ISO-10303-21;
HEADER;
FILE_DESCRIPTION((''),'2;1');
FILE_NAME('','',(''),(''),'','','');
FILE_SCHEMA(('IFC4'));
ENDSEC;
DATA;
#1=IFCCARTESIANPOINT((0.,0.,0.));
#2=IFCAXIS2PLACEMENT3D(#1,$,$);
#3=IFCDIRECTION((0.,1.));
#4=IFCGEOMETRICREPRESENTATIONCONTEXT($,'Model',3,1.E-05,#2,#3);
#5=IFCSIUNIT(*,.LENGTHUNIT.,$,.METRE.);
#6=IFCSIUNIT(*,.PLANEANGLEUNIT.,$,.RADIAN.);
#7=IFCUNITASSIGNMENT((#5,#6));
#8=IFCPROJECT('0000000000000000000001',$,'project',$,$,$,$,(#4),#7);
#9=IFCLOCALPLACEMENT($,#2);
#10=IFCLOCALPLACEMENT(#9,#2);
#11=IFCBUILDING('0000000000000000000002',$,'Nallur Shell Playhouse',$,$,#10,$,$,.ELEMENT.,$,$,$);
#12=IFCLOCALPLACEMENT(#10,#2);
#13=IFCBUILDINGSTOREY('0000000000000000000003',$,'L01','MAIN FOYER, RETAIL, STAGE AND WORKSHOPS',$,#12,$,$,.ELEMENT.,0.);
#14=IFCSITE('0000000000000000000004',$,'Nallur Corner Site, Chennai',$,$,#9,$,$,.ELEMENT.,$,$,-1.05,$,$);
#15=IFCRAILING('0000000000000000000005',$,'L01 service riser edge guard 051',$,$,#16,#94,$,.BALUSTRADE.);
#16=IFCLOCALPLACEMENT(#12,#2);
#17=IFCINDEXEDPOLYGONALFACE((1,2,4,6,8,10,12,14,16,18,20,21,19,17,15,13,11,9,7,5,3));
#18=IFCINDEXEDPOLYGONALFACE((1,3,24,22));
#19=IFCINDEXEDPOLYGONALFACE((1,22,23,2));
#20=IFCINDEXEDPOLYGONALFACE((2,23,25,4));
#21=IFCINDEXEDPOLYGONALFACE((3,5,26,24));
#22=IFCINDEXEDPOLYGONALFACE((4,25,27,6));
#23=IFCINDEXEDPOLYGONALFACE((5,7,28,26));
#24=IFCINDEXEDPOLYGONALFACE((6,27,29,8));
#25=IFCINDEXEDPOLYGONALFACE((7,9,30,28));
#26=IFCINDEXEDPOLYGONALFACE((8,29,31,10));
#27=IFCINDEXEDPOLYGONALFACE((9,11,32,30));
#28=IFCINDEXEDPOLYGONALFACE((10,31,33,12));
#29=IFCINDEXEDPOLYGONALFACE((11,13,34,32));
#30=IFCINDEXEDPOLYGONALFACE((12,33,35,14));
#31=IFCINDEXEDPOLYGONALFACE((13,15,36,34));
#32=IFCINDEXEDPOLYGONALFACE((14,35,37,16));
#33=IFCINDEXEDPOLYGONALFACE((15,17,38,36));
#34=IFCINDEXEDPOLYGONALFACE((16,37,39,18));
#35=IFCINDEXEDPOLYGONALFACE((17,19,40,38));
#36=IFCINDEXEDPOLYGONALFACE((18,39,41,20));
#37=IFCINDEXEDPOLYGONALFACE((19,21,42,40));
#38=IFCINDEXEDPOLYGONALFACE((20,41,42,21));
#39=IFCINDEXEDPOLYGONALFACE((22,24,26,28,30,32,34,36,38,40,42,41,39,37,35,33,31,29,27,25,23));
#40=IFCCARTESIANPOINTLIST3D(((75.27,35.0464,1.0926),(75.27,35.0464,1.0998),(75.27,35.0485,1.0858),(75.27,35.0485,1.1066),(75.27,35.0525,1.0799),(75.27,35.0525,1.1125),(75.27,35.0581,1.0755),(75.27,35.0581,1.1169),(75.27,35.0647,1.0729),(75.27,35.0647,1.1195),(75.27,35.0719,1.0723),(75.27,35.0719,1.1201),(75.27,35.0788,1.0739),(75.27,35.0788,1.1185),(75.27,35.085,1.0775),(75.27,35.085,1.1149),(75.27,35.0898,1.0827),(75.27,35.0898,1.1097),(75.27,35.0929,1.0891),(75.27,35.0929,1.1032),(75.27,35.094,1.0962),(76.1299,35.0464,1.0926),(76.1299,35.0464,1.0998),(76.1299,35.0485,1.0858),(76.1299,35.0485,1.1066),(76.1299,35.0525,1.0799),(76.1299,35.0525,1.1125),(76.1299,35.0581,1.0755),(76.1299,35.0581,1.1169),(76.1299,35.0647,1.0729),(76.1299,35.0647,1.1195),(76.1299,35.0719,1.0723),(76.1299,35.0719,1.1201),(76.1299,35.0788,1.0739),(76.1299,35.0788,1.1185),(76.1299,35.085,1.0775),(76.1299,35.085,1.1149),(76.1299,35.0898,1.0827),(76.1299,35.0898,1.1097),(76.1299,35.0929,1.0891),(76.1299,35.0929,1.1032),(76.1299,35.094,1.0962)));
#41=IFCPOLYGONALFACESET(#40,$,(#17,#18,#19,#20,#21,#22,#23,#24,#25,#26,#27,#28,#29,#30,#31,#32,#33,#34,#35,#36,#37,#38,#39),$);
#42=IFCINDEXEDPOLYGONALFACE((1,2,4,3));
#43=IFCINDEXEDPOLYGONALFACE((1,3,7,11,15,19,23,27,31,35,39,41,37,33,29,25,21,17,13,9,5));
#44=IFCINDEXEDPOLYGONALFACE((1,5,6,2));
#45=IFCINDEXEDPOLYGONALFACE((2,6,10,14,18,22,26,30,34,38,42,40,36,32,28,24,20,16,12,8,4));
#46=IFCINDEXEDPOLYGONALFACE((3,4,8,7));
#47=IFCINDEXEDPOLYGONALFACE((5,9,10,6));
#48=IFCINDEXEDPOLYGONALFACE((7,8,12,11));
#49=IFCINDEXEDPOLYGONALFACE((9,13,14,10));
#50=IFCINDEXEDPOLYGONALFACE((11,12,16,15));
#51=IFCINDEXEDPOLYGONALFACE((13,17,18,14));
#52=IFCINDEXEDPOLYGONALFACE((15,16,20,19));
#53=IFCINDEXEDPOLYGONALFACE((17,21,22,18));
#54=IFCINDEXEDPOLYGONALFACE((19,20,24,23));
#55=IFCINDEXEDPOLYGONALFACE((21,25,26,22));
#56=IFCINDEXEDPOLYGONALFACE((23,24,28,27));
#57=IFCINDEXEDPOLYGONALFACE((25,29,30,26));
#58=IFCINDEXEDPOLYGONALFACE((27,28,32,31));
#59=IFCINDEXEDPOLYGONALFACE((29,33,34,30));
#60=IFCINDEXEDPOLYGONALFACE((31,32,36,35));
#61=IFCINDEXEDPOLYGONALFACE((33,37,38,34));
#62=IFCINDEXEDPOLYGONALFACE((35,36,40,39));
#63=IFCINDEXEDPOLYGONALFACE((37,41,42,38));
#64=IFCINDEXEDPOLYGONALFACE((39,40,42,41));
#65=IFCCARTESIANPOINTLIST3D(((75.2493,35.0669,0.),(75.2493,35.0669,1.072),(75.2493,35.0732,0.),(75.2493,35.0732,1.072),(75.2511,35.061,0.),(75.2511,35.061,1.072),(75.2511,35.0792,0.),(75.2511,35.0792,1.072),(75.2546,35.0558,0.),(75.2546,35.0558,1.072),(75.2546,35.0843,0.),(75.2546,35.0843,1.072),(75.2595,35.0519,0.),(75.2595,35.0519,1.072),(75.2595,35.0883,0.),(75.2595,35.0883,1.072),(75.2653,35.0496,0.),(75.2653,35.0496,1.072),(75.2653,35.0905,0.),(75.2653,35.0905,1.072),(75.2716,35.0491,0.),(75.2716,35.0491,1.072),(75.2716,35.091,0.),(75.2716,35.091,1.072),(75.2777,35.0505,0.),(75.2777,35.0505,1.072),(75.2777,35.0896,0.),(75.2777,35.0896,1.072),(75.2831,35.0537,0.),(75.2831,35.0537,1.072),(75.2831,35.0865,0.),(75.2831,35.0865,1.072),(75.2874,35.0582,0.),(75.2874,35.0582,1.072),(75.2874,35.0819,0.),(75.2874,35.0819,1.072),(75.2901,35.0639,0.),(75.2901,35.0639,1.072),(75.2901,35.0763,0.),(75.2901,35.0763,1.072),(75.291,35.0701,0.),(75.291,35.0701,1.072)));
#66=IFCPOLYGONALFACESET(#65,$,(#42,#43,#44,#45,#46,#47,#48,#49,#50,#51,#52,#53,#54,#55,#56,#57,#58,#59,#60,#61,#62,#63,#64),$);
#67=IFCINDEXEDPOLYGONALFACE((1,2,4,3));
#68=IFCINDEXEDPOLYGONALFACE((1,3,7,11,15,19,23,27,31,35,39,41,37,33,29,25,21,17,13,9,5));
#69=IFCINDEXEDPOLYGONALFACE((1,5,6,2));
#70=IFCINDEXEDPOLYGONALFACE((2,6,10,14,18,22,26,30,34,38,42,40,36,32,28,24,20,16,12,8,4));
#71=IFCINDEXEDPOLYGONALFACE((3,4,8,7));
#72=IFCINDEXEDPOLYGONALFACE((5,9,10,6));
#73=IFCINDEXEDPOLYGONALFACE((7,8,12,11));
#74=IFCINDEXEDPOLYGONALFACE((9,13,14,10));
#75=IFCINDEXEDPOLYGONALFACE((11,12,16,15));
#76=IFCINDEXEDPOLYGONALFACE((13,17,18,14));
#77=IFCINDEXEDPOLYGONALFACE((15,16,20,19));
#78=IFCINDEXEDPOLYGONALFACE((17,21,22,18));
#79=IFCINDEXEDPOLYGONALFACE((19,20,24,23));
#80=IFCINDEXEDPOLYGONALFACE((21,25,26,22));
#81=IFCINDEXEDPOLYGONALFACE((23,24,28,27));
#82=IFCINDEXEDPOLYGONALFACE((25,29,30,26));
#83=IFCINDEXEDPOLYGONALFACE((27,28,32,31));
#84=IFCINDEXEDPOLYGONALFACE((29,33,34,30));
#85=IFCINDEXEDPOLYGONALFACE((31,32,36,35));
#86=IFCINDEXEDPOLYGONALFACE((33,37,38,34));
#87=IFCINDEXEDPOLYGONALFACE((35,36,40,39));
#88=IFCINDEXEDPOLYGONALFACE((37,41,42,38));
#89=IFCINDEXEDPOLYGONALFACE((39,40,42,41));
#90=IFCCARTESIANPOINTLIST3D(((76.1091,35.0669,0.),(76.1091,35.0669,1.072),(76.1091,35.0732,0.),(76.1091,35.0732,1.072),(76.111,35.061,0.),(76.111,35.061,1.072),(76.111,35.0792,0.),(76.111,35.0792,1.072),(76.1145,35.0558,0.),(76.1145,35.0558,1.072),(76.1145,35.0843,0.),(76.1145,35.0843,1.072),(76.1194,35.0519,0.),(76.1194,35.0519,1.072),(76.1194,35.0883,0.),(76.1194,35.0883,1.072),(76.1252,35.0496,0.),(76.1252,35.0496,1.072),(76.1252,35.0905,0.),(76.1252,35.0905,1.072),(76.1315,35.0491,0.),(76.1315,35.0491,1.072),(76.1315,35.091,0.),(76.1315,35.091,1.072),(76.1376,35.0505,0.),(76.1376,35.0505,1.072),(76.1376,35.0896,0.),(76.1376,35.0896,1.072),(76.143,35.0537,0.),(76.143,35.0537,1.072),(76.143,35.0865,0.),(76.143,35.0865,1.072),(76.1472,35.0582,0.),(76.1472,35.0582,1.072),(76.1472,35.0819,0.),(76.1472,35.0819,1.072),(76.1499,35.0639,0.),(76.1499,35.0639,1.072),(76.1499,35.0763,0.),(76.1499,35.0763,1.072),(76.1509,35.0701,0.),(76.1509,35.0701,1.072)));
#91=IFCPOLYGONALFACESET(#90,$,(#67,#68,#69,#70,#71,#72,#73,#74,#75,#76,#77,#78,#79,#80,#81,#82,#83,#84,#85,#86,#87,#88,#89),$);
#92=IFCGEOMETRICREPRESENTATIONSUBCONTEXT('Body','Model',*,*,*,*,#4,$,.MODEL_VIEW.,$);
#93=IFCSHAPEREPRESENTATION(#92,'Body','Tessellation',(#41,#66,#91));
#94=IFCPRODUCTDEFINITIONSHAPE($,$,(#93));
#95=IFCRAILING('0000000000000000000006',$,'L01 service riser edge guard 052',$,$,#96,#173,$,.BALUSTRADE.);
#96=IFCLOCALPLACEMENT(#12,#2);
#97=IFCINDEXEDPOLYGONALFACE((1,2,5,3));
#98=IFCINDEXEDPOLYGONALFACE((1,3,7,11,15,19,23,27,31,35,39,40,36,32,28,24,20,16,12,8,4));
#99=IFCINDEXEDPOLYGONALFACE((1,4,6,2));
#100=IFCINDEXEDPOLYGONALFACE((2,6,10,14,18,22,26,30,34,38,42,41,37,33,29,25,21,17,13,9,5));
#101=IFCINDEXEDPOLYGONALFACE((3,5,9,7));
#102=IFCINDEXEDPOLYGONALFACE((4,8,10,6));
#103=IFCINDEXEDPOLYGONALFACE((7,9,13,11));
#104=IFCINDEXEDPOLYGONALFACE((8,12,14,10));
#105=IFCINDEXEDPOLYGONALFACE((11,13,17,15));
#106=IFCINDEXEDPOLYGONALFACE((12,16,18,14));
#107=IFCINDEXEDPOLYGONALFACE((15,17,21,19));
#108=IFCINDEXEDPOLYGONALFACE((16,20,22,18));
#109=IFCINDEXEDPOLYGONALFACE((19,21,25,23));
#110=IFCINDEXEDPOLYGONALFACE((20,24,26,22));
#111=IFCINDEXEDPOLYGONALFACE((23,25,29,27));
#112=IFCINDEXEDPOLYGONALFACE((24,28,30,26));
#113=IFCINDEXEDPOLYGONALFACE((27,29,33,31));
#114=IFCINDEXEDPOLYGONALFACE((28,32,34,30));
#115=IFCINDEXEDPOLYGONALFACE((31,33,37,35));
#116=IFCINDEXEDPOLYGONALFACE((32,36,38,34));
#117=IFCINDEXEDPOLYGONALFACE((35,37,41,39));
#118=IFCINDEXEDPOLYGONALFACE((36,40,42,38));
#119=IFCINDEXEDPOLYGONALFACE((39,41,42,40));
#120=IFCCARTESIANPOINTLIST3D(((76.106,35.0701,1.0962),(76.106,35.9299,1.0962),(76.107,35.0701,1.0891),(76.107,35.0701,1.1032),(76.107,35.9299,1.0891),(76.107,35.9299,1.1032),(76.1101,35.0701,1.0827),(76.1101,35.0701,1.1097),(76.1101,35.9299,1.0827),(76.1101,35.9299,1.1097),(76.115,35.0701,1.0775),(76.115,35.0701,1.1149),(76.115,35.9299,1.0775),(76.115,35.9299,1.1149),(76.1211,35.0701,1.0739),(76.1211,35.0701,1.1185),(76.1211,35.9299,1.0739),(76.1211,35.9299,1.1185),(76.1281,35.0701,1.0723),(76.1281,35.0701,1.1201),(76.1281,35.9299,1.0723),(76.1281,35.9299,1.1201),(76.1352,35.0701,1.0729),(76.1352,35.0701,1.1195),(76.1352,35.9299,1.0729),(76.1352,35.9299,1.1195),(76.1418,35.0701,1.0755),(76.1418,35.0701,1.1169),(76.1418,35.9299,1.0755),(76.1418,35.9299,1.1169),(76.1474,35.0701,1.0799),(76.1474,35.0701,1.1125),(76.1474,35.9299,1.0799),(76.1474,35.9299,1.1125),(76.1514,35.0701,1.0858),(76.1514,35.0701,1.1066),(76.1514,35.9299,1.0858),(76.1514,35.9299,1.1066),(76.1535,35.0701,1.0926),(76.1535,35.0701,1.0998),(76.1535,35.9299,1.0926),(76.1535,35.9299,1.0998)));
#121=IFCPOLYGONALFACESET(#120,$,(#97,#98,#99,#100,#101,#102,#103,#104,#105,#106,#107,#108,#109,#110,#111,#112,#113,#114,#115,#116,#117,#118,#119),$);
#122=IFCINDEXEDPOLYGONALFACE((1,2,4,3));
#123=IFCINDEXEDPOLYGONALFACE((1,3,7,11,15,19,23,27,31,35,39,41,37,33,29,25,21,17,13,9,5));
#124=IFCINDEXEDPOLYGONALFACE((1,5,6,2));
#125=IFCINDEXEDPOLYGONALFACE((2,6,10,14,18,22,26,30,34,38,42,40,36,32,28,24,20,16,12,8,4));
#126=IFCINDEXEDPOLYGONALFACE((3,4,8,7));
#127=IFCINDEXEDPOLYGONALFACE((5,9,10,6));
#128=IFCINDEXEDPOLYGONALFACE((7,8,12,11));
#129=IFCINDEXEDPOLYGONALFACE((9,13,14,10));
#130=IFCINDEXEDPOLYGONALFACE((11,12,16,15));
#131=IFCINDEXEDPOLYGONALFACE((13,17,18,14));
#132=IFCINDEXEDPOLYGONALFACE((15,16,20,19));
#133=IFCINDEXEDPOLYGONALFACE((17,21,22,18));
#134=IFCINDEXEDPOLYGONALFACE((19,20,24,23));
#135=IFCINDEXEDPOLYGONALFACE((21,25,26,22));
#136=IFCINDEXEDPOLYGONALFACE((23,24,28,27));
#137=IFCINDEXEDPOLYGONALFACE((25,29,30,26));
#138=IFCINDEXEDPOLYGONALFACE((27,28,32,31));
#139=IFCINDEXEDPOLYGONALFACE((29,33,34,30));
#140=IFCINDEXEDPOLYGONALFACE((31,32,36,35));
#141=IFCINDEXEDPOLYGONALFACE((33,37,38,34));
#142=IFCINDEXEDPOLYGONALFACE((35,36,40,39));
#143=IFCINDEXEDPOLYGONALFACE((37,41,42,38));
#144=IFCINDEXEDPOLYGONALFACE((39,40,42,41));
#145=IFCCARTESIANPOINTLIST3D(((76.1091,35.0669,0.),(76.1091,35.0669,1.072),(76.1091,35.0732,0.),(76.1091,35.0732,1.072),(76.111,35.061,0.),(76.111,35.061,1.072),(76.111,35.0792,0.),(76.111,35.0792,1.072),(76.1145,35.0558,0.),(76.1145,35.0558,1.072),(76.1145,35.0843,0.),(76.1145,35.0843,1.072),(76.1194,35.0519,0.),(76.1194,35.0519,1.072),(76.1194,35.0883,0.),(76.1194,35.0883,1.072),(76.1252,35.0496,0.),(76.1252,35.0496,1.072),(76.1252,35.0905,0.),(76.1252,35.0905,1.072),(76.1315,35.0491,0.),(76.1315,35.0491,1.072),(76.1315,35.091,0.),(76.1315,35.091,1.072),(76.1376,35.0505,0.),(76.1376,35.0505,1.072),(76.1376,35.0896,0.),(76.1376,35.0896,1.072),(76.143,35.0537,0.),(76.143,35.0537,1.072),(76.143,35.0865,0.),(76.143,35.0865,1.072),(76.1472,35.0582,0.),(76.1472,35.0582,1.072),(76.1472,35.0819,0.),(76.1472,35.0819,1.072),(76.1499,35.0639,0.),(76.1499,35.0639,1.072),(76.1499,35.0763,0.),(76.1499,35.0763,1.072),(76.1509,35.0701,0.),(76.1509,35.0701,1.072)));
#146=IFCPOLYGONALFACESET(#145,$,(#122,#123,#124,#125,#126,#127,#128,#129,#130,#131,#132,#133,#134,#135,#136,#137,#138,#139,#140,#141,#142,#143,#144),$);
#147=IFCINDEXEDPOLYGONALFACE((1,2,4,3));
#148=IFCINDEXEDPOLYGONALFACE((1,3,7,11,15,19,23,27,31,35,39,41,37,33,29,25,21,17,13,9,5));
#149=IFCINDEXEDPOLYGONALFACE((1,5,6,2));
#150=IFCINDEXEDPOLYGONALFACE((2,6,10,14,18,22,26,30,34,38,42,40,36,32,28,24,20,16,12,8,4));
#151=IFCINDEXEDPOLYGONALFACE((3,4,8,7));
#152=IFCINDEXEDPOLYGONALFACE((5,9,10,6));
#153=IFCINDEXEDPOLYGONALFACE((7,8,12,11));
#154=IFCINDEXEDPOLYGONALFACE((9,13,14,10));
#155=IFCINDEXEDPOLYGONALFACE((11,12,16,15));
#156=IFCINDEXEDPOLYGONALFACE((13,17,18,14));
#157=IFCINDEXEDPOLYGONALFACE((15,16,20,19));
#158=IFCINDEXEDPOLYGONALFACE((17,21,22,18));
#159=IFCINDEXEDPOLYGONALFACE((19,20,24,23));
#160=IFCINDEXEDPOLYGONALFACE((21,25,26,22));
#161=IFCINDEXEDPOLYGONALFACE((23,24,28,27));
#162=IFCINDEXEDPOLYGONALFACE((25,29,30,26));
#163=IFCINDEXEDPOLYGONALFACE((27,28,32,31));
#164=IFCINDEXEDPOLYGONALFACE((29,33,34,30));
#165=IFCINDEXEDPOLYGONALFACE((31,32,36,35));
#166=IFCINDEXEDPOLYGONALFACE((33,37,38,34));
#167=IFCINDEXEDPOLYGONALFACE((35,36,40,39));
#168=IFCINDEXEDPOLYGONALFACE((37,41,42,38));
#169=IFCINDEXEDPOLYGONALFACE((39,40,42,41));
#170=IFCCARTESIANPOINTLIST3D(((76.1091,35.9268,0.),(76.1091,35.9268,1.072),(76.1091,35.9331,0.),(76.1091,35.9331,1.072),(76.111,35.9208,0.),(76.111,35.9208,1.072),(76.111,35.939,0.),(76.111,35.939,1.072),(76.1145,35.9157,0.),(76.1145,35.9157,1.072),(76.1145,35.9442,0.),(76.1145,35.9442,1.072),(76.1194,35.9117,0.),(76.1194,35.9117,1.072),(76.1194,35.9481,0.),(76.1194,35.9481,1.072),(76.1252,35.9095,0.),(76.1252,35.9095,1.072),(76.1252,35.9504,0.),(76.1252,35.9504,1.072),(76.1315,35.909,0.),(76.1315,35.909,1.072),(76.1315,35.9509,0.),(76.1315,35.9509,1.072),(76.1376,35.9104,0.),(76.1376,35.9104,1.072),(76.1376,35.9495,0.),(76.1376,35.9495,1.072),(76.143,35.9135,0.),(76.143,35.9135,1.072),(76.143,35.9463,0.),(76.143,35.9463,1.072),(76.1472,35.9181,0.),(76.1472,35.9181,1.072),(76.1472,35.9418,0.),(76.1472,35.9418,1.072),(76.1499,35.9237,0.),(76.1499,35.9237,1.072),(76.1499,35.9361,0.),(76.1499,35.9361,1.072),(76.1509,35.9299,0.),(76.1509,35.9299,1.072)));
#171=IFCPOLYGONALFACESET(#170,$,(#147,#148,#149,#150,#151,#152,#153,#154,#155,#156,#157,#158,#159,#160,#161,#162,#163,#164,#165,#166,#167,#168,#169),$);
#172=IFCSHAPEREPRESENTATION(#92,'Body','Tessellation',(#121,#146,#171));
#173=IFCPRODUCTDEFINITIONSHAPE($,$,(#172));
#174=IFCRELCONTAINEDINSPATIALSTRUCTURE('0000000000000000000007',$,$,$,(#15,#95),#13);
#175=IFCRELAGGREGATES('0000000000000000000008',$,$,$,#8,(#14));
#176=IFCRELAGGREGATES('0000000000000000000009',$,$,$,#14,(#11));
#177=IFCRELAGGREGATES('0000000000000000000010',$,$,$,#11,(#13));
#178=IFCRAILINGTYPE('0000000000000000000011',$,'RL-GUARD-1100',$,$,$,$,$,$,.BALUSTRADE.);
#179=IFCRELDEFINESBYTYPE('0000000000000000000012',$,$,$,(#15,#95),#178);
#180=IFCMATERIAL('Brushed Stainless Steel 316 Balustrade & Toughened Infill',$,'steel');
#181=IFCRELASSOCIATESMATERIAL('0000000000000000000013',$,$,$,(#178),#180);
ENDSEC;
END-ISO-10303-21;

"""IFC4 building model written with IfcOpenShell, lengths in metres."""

from ifc_helpers import new_model, si_unit, direction, frame, origin, origin_2d, place, context, subcontext, project, spatial, circle, extrude, material, type_object, element, save


model = new_model("IFC4")

# Units and contexts
model_context = context("Model", 3, precision=1e-05, world=origin(), true_north=direction((0.0, 1.0)))
body_context = subcontext(model_context, "Body", "Model", "MODEL_VIEW")
ifc_project = project(units=[si_unit("LENGTHUNIT", "METRE"), si_unit("PLANEANGLEUNIT", "RADIAN")], contexts=[model_context])

# Site, building, storey
site_placement = place(None, origin())
site = spatial("IfcSite", under=ifc_project, at=site_placement, Name="Nallur Corner Site, Chennai", CompositionType="ELEMENT", RefElevation=-1.05)
building_placement = place(site_placement, origin())
building = spatial("IfcBuilding", under=site, at=building_placement, Name="Nallur Shell Playhouse", CompositionType="ELEMENT")
storey_placement = place(building_placement, origin())
storey = spatial("IfcBuildingStorey", under=building, at=storey_placement, Name="L01", Description="MAIN FOYER, RETAIL, STAGE AND WORKSHOPS", CompositionType="ELEMENT", Elevation=0.0)

# Railings
ifc_material_1 = material(Name="Brushed Stainless Steel 316 Balustrade & Toughened Infill", Category="steel")
railing_type = type_object("IfcRailingType", Name="RL-GUARD-1100", PredefinedType="BALUSTRADE", material=ifc_material_1)
railing_1_placement = place(storey_placement, frame((75.27, 35.0701, 0.0)))
element("IfcRailing", 1, at=railing_1_placement, inside=storey, type_object=railing_type, Name="L01 service riser edge guard 051", PredefinedType="BALUSTRADE", context=body_context, shape_type="SweptSolid", body=[
    extrude(circle(Radius=0.0239, at=origin_2d()), frame((0.0, 0.0, 1.0962), z_axis=(1.0, 0.0, 0.0), x_axis=(0.0, 1.0, 0.0)), (0.0, 0.0, 1.0), 0.8599),
    extrude(circle(Radius=0.021, at=origin_2d()), origin(), (0.0, 0.0, 1.0), 1.072),
    extrude(circle(Radius=0.021, at=origin_2d()), frame((0.8599, 0.0, 0.0)), (0.0, 0.0, 1.0), 1.072),
])
railing_2_placement = place(storey_placement, frame((76.1299, 35.0701, 0.0)))
element("IfcRailing", 2, at=railing_2_placement, inside=storey, type_object=railing_type, Name="L01 service riser edge guard 052", PredefinedType="BALUSTRADE", context=body_context, shape_type="SweptSolid", body=[
    extrude(circle(Radius=0.0239, at=origin_2d()), frame((0.0, 0.0, 1.0962), z_axis=(0.0, 1.0, 0.0), x_axis=(-1.0, 0.0, 0.0)), (0.0, 0.0, 1.0), 0.8599),
    extrude(circle(Radius=0.021, at=origin_2d()), origin(), (0.0, 0.0, 1.0), 1.072),
    extrude(circle(Radius=0.021, at=origin_2d()), frame((0.0, 0.8599, 0.0)), (0.0, 0.0, 1.0), 1.072),
])

save(model, "model.ifc")
